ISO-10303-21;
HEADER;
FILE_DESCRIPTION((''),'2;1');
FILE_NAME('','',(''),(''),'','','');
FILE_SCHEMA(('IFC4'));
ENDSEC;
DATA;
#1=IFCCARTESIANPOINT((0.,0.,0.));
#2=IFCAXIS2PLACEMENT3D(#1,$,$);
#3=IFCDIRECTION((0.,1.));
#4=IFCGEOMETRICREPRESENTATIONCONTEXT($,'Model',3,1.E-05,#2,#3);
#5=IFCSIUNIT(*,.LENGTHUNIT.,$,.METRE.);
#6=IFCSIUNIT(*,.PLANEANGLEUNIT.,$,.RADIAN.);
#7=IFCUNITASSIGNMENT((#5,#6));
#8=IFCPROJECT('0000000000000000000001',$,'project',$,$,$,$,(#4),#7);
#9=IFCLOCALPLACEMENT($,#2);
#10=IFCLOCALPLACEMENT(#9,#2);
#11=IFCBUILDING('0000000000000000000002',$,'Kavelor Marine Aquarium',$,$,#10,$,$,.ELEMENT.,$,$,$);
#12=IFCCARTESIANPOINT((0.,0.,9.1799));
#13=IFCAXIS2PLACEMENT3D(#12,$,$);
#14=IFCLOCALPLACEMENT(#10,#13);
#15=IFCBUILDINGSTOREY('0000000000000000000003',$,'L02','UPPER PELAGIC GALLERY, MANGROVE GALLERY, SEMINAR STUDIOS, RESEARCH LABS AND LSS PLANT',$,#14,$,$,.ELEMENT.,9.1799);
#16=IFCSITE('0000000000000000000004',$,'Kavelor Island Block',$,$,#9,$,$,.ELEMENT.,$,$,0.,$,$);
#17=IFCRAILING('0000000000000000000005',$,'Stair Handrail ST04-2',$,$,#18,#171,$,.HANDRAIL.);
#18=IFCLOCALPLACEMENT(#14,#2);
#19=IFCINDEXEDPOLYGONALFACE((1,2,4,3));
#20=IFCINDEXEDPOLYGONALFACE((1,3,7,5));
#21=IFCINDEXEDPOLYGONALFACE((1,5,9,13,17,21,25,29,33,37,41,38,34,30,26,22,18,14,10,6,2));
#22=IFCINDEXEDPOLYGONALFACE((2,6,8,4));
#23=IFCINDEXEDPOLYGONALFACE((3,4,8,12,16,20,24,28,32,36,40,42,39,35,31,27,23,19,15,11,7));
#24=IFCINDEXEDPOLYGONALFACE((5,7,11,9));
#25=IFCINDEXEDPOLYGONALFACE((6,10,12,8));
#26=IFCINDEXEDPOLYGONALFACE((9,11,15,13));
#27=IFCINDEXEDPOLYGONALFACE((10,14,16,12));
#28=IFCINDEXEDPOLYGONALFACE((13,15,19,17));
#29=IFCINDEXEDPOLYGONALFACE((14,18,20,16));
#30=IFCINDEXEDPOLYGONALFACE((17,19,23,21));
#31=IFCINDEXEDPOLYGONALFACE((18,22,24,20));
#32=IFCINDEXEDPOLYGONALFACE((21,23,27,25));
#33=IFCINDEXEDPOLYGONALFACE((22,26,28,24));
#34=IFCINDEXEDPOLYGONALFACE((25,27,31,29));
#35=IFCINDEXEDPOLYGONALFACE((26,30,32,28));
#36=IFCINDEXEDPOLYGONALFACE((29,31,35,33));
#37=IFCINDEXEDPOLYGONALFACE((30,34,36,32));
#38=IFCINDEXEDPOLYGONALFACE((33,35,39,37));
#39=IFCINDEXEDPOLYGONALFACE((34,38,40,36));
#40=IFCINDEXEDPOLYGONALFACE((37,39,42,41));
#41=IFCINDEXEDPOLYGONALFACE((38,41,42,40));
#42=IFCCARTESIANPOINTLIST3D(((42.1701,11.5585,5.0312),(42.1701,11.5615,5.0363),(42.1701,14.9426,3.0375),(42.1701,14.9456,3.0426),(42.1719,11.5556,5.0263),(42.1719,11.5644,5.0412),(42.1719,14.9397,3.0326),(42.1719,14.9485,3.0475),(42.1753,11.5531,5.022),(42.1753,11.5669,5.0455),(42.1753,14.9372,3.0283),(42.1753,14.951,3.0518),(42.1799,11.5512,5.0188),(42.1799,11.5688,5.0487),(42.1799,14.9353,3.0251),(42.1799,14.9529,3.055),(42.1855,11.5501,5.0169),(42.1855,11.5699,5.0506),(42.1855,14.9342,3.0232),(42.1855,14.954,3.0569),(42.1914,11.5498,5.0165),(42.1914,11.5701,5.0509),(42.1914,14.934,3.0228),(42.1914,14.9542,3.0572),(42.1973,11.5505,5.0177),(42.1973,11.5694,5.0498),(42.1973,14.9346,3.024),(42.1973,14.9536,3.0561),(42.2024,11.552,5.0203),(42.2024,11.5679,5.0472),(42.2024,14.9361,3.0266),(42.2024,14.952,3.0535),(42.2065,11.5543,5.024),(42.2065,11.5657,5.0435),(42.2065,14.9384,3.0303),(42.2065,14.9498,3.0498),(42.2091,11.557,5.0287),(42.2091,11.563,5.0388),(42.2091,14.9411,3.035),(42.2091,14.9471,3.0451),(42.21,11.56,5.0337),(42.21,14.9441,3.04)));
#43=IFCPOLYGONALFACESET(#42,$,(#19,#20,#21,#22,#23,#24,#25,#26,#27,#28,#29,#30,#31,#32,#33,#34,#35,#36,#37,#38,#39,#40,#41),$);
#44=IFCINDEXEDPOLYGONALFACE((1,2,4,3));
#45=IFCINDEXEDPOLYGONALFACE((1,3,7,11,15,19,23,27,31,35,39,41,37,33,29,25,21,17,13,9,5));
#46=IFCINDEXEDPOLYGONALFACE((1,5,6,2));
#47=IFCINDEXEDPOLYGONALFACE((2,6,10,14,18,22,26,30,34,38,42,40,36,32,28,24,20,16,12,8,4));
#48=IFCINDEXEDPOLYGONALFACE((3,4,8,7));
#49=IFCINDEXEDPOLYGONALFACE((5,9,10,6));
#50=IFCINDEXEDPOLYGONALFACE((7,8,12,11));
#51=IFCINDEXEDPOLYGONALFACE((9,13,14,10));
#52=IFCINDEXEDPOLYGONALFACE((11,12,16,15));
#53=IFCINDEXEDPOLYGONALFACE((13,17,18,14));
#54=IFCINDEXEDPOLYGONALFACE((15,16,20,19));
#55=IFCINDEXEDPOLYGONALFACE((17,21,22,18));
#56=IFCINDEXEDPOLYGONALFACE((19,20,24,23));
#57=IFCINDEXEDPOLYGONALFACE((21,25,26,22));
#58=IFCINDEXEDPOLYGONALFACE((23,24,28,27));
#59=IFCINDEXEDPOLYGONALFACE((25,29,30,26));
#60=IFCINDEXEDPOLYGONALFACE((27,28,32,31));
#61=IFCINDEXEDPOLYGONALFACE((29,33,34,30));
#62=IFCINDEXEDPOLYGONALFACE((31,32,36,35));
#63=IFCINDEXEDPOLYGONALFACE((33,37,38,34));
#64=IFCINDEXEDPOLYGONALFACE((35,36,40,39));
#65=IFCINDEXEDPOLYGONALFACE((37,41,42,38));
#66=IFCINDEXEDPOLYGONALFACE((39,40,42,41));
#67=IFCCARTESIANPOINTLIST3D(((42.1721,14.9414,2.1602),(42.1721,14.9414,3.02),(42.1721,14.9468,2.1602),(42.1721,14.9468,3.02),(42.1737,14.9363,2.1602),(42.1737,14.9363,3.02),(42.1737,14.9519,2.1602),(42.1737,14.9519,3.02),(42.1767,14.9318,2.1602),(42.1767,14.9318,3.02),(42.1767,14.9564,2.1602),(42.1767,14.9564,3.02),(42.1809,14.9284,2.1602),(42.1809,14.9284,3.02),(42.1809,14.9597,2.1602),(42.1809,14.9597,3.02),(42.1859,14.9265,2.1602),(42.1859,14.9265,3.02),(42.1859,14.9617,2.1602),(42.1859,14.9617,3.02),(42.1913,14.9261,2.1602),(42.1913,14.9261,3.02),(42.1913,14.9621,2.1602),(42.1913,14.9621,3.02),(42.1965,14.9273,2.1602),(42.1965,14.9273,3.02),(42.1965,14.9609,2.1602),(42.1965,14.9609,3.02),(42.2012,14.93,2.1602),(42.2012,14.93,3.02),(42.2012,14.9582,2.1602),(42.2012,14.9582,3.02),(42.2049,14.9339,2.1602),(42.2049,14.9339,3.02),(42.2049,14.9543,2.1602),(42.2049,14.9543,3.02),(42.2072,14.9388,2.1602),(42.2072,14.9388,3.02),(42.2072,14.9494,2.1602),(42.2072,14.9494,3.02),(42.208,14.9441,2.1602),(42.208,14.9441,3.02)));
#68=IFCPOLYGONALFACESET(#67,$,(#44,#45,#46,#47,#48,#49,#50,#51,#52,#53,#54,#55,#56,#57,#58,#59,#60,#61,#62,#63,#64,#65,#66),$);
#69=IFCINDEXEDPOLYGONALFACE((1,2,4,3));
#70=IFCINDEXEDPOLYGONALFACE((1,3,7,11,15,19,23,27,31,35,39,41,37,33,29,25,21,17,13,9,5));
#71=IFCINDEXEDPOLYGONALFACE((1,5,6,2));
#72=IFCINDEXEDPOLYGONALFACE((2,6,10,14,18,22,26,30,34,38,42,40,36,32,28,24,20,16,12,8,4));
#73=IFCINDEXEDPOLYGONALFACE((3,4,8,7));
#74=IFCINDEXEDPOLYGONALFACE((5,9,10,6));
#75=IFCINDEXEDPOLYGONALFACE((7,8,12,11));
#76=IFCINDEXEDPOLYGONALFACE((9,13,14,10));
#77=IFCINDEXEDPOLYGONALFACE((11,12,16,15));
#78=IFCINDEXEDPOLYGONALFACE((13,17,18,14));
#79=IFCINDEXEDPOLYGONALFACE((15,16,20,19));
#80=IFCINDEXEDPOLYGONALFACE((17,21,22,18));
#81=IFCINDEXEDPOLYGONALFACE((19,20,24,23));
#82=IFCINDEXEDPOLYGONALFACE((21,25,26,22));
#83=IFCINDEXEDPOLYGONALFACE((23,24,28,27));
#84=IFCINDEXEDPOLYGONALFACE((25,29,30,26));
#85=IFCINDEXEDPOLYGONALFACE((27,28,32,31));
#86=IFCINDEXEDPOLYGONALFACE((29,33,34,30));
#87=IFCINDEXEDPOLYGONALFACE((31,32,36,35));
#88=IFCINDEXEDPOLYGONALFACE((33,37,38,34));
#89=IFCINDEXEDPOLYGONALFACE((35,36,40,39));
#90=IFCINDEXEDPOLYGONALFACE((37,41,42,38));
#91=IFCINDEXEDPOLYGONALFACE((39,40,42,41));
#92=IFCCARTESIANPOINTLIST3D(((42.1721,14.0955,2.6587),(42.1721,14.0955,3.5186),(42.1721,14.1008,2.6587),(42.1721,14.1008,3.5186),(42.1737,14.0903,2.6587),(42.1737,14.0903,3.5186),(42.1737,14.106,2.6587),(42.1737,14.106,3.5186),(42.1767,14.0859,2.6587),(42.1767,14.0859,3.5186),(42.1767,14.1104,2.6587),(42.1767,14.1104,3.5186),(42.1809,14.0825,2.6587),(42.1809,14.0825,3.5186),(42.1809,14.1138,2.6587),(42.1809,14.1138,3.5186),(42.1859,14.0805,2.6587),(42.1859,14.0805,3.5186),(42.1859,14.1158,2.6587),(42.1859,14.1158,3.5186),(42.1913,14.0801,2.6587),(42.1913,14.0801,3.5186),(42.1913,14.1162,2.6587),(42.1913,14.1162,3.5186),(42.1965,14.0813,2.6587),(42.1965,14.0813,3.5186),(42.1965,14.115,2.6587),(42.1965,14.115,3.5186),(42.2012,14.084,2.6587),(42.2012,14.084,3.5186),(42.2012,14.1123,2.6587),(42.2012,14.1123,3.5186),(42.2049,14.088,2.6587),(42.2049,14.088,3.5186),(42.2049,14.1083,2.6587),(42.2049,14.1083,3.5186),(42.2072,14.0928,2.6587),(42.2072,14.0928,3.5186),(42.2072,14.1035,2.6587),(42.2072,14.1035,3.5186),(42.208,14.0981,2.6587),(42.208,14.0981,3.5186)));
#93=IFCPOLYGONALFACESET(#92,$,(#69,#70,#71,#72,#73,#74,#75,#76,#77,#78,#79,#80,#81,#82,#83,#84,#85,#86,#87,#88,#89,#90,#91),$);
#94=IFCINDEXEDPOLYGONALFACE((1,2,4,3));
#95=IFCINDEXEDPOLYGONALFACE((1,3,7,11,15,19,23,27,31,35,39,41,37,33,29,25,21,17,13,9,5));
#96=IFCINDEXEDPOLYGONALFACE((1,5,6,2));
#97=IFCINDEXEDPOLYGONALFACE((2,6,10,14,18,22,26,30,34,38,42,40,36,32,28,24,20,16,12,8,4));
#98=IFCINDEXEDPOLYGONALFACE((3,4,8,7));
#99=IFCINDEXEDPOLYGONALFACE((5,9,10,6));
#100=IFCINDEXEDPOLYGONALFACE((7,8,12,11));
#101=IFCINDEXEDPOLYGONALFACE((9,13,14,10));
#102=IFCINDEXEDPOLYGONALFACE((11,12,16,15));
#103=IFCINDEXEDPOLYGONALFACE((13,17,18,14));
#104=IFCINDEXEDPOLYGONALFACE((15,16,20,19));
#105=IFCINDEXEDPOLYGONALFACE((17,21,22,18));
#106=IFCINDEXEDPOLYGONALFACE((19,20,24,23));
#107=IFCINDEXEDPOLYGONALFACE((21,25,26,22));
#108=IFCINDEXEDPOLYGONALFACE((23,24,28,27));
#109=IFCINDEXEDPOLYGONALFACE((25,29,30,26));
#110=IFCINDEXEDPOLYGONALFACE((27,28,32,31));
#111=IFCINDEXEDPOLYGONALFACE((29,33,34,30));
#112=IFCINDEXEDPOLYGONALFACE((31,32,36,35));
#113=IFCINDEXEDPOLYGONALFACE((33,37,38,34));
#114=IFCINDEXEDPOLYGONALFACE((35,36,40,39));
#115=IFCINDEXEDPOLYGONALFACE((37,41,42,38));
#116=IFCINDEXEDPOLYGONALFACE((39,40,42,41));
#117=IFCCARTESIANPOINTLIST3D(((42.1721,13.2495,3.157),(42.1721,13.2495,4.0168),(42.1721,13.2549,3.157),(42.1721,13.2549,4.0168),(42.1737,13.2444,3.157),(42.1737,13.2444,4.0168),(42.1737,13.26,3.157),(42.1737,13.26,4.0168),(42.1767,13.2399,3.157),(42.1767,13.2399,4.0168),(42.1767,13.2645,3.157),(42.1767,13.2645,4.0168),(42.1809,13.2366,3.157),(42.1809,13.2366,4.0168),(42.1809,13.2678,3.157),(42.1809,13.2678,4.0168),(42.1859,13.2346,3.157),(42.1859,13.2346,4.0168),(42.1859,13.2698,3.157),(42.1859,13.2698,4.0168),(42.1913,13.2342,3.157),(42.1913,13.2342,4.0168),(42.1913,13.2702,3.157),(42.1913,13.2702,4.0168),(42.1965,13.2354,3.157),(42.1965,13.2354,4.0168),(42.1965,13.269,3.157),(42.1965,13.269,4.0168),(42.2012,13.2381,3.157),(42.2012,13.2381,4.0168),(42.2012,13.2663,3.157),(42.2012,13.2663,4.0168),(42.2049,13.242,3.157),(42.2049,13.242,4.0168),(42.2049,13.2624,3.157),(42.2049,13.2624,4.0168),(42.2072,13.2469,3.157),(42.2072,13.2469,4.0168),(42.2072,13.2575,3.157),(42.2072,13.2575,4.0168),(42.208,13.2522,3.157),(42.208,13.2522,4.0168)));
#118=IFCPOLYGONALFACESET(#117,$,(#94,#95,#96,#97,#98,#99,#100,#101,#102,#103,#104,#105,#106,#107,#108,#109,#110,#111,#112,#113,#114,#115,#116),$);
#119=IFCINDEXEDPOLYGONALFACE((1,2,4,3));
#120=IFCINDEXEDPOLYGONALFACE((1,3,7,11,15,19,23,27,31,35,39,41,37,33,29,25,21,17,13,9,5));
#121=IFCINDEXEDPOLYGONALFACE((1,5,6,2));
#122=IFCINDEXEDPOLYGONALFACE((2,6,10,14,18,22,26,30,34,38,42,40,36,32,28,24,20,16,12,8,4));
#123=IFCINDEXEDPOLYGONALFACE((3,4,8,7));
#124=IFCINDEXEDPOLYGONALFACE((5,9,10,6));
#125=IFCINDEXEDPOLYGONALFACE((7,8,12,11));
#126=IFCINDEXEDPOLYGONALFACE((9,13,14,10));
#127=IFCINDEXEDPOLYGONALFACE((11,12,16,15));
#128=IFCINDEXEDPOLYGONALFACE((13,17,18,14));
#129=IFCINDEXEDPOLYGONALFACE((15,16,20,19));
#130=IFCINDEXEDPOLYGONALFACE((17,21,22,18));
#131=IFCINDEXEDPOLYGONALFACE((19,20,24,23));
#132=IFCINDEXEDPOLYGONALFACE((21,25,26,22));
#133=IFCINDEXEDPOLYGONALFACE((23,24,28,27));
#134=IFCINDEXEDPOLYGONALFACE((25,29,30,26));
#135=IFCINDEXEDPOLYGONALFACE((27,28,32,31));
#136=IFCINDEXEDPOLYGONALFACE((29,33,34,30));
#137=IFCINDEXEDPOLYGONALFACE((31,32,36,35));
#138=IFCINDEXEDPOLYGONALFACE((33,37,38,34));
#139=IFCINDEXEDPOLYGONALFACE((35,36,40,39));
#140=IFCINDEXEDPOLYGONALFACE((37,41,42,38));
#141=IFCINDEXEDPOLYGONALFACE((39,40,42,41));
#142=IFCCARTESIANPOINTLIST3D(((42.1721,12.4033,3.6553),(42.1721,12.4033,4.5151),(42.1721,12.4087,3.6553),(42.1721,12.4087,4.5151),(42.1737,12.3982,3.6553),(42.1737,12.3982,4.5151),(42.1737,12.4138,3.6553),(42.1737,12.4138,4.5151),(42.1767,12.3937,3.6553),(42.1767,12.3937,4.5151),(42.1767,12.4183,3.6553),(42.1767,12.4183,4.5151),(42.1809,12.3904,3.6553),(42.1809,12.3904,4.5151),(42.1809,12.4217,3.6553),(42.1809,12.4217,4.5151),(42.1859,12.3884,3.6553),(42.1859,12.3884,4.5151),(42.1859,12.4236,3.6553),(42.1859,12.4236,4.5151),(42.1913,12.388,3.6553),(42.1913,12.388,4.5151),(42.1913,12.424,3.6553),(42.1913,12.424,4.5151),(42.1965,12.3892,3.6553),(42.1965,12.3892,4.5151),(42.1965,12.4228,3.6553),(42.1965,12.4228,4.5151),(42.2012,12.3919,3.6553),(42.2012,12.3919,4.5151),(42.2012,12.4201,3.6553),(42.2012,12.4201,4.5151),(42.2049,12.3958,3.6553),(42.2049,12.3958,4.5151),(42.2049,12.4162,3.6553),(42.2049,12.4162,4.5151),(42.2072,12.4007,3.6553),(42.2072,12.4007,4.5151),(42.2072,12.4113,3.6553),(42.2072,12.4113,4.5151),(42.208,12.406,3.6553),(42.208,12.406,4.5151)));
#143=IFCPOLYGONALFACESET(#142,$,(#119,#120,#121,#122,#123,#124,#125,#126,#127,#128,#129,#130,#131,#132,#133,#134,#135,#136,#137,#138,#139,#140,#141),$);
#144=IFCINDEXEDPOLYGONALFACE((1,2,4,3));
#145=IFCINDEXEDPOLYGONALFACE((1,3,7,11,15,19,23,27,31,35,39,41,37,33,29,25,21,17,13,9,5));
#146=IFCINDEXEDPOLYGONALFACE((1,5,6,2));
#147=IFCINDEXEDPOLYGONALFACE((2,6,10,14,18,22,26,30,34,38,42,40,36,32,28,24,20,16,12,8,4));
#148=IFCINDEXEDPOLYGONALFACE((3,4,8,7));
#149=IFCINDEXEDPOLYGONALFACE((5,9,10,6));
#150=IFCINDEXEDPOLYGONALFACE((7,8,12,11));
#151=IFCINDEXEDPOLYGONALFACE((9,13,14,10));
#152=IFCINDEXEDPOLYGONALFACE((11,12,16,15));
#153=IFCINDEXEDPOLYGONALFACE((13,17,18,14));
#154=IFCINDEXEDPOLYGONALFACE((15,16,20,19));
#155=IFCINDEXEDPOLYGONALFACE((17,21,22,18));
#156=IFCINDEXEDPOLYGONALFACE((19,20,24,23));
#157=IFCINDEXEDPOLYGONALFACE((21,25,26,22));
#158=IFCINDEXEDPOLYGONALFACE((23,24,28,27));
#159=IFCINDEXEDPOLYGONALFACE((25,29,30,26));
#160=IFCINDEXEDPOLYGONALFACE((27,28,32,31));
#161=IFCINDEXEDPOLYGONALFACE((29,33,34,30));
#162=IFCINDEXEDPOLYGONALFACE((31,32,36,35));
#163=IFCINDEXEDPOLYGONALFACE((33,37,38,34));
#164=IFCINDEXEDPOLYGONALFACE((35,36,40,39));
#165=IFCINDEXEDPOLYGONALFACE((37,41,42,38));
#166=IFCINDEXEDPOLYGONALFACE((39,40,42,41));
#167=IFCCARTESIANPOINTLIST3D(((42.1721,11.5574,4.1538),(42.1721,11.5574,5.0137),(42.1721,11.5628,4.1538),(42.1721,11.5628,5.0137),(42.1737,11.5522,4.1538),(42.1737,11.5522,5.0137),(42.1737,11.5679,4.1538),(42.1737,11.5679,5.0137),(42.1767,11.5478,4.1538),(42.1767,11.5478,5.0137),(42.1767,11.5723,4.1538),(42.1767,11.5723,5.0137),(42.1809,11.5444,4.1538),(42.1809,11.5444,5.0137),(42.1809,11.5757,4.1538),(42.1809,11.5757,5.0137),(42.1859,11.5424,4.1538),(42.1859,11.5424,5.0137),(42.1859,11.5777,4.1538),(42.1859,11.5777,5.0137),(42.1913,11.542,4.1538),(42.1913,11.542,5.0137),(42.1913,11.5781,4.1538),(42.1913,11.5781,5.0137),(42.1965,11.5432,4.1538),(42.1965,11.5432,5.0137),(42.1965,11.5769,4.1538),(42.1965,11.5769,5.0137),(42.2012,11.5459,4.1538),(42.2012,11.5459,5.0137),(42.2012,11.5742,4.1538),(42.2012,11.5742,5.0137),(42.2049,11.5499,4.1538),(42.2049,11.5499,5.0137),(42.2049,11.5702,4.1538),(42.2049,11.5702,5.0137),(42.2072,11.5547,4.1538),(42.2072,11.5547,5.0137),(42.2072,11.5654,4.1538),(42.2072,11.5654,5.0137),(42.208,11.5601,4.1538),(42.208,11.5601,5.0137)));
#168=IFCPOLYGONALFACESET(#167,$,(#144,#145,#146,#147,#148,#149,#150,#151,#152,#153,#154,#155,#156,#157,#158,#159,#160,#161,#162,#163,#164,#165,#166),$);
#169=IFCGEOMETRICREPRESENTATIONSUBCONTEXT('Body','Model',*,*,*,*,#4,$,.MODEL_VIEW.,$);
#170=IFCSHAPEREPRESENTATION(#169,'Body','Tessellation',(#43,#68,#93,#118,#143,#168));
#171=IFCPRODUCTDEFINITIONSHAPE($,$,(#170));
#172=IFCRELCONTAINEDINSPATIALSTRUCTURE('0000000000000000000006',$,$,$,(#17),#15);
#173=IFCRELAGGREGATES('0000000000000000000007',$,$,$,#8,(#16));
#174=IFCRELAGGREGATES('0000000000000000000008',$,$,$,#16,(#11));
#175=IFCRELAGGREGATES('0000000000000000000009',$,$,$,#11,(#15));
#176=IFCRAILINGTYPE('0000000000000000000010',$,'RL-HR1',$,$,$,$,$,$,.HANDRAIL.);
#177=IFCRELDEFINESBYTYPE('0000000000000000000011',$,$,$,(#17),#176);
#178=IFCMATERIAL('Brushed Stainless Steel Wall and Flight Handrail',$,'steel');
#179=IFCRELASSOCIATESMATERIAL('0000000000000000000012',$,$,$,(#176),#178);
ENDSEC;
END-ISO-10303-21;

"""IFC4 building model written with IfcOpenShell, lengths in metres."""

from ifc_helpers import new_model, si_unit, direction, frame, origin, origin_2d, place, context, subcontext, project, spatial, circle, extrude, material, type_object, element, save


model = new_model("IFC4")

# Units and contexts
model_context = context("Model", 3, precision=1e-05, world=origin(), true_north=direction((0.0, 1.0)))
body_context = subcontext(model_context, "Body", "Model", "MODEL_VIEW")
ifc_project = project(units=[si_unit("LENGTHUNIT", "METRE"), si_unit("PLANEANGLEUNIT", "RADIAN")], contexts=[model_context])

# Site, building, storey
site_placement = place(None, origin())
site = spatial("IfcSite", under=ifc_project, at=site_placement, Name="Kavelor Island Block", CompositionType="ELEMENT", RefElevation=0.0)
building_placement = place(site_placement, origin())
building = spatial("IfcBuilding", under=site, at=building_placement, Name="Kavelor Marine Aquarium", CompositionType="ELEMENT")
storey_placement = place(building_placement, frame((0.0, 0.0, 9.1799)))
storey = spatial("IfcBuildingStorey", under=building, at=storey_placement, Name="L02", Description="UPPER PELAGIC GALLERY, MANGROVE GALLERY, SEMINAR STUDIOS, RESEARCH LABS AND LSS PLANT", CompositionType="ELEMENT", Elevation=9.1799)

# Railing
ifc_material_1 = material(Name="Brushed Stainless Steel Wall and Flight Handrail", Category="steel")
railing_type_1 = type_object("IfcRailingType", Name="RL-HR1", PredefinedType="HANDRAIL", material=ifc_material_1)
railing_1_placement = place(storey_placement, frame((42.1899, 14.9441, 2.1602)))
element("IfcRailing", 1, at=railing_1_placement, inside=storey, type_object=railing_type_1, Name="Stair Handrail ST04-2", PredefinedType="HANDRAIL", context=body_context, shape_type="SweptSolid", body=[
    extrude(circle(Radius=0.02, at=origin_2d()), frame((0.0, 0.0, 0.8799), z_axis=(0.0, -0.861595, 0.507596), x_axis=(1.0, 0.0, 0.0)), (0.0, 0.0, 1.0), 3.9277),
    extrude(circle(Radius=0.0181, at=origin_2d()), origin(), (0.0, 0.0, 1.0), 0.8599),
    extrude(circle(Radius=0.0181, at=origin_2d()), frame((0.0, -0.8459, 0.4985)), (0.0, 0.0, 1.0), 0.8599),
    extrude(circle(Radius=0.0181, at=origin_2d()), frame((0.0, -1.6919, 0.9968)), (0.0, 0.0, 1.0), 0.8599),
    extrude(circle(Radius=0.0181, at=origin_2d()), frame((0.0, -2.5381, 1.4951)), (0.0, 0.0, 1.0), 0.8599),
    extrude(circle(Radius=0.0181, at=origin_2d()), frame((0.0, -3.384, 1.9937)), (0.0, 0.0, 1.0), 0.8599),
])

save(model, "model.ifc")
